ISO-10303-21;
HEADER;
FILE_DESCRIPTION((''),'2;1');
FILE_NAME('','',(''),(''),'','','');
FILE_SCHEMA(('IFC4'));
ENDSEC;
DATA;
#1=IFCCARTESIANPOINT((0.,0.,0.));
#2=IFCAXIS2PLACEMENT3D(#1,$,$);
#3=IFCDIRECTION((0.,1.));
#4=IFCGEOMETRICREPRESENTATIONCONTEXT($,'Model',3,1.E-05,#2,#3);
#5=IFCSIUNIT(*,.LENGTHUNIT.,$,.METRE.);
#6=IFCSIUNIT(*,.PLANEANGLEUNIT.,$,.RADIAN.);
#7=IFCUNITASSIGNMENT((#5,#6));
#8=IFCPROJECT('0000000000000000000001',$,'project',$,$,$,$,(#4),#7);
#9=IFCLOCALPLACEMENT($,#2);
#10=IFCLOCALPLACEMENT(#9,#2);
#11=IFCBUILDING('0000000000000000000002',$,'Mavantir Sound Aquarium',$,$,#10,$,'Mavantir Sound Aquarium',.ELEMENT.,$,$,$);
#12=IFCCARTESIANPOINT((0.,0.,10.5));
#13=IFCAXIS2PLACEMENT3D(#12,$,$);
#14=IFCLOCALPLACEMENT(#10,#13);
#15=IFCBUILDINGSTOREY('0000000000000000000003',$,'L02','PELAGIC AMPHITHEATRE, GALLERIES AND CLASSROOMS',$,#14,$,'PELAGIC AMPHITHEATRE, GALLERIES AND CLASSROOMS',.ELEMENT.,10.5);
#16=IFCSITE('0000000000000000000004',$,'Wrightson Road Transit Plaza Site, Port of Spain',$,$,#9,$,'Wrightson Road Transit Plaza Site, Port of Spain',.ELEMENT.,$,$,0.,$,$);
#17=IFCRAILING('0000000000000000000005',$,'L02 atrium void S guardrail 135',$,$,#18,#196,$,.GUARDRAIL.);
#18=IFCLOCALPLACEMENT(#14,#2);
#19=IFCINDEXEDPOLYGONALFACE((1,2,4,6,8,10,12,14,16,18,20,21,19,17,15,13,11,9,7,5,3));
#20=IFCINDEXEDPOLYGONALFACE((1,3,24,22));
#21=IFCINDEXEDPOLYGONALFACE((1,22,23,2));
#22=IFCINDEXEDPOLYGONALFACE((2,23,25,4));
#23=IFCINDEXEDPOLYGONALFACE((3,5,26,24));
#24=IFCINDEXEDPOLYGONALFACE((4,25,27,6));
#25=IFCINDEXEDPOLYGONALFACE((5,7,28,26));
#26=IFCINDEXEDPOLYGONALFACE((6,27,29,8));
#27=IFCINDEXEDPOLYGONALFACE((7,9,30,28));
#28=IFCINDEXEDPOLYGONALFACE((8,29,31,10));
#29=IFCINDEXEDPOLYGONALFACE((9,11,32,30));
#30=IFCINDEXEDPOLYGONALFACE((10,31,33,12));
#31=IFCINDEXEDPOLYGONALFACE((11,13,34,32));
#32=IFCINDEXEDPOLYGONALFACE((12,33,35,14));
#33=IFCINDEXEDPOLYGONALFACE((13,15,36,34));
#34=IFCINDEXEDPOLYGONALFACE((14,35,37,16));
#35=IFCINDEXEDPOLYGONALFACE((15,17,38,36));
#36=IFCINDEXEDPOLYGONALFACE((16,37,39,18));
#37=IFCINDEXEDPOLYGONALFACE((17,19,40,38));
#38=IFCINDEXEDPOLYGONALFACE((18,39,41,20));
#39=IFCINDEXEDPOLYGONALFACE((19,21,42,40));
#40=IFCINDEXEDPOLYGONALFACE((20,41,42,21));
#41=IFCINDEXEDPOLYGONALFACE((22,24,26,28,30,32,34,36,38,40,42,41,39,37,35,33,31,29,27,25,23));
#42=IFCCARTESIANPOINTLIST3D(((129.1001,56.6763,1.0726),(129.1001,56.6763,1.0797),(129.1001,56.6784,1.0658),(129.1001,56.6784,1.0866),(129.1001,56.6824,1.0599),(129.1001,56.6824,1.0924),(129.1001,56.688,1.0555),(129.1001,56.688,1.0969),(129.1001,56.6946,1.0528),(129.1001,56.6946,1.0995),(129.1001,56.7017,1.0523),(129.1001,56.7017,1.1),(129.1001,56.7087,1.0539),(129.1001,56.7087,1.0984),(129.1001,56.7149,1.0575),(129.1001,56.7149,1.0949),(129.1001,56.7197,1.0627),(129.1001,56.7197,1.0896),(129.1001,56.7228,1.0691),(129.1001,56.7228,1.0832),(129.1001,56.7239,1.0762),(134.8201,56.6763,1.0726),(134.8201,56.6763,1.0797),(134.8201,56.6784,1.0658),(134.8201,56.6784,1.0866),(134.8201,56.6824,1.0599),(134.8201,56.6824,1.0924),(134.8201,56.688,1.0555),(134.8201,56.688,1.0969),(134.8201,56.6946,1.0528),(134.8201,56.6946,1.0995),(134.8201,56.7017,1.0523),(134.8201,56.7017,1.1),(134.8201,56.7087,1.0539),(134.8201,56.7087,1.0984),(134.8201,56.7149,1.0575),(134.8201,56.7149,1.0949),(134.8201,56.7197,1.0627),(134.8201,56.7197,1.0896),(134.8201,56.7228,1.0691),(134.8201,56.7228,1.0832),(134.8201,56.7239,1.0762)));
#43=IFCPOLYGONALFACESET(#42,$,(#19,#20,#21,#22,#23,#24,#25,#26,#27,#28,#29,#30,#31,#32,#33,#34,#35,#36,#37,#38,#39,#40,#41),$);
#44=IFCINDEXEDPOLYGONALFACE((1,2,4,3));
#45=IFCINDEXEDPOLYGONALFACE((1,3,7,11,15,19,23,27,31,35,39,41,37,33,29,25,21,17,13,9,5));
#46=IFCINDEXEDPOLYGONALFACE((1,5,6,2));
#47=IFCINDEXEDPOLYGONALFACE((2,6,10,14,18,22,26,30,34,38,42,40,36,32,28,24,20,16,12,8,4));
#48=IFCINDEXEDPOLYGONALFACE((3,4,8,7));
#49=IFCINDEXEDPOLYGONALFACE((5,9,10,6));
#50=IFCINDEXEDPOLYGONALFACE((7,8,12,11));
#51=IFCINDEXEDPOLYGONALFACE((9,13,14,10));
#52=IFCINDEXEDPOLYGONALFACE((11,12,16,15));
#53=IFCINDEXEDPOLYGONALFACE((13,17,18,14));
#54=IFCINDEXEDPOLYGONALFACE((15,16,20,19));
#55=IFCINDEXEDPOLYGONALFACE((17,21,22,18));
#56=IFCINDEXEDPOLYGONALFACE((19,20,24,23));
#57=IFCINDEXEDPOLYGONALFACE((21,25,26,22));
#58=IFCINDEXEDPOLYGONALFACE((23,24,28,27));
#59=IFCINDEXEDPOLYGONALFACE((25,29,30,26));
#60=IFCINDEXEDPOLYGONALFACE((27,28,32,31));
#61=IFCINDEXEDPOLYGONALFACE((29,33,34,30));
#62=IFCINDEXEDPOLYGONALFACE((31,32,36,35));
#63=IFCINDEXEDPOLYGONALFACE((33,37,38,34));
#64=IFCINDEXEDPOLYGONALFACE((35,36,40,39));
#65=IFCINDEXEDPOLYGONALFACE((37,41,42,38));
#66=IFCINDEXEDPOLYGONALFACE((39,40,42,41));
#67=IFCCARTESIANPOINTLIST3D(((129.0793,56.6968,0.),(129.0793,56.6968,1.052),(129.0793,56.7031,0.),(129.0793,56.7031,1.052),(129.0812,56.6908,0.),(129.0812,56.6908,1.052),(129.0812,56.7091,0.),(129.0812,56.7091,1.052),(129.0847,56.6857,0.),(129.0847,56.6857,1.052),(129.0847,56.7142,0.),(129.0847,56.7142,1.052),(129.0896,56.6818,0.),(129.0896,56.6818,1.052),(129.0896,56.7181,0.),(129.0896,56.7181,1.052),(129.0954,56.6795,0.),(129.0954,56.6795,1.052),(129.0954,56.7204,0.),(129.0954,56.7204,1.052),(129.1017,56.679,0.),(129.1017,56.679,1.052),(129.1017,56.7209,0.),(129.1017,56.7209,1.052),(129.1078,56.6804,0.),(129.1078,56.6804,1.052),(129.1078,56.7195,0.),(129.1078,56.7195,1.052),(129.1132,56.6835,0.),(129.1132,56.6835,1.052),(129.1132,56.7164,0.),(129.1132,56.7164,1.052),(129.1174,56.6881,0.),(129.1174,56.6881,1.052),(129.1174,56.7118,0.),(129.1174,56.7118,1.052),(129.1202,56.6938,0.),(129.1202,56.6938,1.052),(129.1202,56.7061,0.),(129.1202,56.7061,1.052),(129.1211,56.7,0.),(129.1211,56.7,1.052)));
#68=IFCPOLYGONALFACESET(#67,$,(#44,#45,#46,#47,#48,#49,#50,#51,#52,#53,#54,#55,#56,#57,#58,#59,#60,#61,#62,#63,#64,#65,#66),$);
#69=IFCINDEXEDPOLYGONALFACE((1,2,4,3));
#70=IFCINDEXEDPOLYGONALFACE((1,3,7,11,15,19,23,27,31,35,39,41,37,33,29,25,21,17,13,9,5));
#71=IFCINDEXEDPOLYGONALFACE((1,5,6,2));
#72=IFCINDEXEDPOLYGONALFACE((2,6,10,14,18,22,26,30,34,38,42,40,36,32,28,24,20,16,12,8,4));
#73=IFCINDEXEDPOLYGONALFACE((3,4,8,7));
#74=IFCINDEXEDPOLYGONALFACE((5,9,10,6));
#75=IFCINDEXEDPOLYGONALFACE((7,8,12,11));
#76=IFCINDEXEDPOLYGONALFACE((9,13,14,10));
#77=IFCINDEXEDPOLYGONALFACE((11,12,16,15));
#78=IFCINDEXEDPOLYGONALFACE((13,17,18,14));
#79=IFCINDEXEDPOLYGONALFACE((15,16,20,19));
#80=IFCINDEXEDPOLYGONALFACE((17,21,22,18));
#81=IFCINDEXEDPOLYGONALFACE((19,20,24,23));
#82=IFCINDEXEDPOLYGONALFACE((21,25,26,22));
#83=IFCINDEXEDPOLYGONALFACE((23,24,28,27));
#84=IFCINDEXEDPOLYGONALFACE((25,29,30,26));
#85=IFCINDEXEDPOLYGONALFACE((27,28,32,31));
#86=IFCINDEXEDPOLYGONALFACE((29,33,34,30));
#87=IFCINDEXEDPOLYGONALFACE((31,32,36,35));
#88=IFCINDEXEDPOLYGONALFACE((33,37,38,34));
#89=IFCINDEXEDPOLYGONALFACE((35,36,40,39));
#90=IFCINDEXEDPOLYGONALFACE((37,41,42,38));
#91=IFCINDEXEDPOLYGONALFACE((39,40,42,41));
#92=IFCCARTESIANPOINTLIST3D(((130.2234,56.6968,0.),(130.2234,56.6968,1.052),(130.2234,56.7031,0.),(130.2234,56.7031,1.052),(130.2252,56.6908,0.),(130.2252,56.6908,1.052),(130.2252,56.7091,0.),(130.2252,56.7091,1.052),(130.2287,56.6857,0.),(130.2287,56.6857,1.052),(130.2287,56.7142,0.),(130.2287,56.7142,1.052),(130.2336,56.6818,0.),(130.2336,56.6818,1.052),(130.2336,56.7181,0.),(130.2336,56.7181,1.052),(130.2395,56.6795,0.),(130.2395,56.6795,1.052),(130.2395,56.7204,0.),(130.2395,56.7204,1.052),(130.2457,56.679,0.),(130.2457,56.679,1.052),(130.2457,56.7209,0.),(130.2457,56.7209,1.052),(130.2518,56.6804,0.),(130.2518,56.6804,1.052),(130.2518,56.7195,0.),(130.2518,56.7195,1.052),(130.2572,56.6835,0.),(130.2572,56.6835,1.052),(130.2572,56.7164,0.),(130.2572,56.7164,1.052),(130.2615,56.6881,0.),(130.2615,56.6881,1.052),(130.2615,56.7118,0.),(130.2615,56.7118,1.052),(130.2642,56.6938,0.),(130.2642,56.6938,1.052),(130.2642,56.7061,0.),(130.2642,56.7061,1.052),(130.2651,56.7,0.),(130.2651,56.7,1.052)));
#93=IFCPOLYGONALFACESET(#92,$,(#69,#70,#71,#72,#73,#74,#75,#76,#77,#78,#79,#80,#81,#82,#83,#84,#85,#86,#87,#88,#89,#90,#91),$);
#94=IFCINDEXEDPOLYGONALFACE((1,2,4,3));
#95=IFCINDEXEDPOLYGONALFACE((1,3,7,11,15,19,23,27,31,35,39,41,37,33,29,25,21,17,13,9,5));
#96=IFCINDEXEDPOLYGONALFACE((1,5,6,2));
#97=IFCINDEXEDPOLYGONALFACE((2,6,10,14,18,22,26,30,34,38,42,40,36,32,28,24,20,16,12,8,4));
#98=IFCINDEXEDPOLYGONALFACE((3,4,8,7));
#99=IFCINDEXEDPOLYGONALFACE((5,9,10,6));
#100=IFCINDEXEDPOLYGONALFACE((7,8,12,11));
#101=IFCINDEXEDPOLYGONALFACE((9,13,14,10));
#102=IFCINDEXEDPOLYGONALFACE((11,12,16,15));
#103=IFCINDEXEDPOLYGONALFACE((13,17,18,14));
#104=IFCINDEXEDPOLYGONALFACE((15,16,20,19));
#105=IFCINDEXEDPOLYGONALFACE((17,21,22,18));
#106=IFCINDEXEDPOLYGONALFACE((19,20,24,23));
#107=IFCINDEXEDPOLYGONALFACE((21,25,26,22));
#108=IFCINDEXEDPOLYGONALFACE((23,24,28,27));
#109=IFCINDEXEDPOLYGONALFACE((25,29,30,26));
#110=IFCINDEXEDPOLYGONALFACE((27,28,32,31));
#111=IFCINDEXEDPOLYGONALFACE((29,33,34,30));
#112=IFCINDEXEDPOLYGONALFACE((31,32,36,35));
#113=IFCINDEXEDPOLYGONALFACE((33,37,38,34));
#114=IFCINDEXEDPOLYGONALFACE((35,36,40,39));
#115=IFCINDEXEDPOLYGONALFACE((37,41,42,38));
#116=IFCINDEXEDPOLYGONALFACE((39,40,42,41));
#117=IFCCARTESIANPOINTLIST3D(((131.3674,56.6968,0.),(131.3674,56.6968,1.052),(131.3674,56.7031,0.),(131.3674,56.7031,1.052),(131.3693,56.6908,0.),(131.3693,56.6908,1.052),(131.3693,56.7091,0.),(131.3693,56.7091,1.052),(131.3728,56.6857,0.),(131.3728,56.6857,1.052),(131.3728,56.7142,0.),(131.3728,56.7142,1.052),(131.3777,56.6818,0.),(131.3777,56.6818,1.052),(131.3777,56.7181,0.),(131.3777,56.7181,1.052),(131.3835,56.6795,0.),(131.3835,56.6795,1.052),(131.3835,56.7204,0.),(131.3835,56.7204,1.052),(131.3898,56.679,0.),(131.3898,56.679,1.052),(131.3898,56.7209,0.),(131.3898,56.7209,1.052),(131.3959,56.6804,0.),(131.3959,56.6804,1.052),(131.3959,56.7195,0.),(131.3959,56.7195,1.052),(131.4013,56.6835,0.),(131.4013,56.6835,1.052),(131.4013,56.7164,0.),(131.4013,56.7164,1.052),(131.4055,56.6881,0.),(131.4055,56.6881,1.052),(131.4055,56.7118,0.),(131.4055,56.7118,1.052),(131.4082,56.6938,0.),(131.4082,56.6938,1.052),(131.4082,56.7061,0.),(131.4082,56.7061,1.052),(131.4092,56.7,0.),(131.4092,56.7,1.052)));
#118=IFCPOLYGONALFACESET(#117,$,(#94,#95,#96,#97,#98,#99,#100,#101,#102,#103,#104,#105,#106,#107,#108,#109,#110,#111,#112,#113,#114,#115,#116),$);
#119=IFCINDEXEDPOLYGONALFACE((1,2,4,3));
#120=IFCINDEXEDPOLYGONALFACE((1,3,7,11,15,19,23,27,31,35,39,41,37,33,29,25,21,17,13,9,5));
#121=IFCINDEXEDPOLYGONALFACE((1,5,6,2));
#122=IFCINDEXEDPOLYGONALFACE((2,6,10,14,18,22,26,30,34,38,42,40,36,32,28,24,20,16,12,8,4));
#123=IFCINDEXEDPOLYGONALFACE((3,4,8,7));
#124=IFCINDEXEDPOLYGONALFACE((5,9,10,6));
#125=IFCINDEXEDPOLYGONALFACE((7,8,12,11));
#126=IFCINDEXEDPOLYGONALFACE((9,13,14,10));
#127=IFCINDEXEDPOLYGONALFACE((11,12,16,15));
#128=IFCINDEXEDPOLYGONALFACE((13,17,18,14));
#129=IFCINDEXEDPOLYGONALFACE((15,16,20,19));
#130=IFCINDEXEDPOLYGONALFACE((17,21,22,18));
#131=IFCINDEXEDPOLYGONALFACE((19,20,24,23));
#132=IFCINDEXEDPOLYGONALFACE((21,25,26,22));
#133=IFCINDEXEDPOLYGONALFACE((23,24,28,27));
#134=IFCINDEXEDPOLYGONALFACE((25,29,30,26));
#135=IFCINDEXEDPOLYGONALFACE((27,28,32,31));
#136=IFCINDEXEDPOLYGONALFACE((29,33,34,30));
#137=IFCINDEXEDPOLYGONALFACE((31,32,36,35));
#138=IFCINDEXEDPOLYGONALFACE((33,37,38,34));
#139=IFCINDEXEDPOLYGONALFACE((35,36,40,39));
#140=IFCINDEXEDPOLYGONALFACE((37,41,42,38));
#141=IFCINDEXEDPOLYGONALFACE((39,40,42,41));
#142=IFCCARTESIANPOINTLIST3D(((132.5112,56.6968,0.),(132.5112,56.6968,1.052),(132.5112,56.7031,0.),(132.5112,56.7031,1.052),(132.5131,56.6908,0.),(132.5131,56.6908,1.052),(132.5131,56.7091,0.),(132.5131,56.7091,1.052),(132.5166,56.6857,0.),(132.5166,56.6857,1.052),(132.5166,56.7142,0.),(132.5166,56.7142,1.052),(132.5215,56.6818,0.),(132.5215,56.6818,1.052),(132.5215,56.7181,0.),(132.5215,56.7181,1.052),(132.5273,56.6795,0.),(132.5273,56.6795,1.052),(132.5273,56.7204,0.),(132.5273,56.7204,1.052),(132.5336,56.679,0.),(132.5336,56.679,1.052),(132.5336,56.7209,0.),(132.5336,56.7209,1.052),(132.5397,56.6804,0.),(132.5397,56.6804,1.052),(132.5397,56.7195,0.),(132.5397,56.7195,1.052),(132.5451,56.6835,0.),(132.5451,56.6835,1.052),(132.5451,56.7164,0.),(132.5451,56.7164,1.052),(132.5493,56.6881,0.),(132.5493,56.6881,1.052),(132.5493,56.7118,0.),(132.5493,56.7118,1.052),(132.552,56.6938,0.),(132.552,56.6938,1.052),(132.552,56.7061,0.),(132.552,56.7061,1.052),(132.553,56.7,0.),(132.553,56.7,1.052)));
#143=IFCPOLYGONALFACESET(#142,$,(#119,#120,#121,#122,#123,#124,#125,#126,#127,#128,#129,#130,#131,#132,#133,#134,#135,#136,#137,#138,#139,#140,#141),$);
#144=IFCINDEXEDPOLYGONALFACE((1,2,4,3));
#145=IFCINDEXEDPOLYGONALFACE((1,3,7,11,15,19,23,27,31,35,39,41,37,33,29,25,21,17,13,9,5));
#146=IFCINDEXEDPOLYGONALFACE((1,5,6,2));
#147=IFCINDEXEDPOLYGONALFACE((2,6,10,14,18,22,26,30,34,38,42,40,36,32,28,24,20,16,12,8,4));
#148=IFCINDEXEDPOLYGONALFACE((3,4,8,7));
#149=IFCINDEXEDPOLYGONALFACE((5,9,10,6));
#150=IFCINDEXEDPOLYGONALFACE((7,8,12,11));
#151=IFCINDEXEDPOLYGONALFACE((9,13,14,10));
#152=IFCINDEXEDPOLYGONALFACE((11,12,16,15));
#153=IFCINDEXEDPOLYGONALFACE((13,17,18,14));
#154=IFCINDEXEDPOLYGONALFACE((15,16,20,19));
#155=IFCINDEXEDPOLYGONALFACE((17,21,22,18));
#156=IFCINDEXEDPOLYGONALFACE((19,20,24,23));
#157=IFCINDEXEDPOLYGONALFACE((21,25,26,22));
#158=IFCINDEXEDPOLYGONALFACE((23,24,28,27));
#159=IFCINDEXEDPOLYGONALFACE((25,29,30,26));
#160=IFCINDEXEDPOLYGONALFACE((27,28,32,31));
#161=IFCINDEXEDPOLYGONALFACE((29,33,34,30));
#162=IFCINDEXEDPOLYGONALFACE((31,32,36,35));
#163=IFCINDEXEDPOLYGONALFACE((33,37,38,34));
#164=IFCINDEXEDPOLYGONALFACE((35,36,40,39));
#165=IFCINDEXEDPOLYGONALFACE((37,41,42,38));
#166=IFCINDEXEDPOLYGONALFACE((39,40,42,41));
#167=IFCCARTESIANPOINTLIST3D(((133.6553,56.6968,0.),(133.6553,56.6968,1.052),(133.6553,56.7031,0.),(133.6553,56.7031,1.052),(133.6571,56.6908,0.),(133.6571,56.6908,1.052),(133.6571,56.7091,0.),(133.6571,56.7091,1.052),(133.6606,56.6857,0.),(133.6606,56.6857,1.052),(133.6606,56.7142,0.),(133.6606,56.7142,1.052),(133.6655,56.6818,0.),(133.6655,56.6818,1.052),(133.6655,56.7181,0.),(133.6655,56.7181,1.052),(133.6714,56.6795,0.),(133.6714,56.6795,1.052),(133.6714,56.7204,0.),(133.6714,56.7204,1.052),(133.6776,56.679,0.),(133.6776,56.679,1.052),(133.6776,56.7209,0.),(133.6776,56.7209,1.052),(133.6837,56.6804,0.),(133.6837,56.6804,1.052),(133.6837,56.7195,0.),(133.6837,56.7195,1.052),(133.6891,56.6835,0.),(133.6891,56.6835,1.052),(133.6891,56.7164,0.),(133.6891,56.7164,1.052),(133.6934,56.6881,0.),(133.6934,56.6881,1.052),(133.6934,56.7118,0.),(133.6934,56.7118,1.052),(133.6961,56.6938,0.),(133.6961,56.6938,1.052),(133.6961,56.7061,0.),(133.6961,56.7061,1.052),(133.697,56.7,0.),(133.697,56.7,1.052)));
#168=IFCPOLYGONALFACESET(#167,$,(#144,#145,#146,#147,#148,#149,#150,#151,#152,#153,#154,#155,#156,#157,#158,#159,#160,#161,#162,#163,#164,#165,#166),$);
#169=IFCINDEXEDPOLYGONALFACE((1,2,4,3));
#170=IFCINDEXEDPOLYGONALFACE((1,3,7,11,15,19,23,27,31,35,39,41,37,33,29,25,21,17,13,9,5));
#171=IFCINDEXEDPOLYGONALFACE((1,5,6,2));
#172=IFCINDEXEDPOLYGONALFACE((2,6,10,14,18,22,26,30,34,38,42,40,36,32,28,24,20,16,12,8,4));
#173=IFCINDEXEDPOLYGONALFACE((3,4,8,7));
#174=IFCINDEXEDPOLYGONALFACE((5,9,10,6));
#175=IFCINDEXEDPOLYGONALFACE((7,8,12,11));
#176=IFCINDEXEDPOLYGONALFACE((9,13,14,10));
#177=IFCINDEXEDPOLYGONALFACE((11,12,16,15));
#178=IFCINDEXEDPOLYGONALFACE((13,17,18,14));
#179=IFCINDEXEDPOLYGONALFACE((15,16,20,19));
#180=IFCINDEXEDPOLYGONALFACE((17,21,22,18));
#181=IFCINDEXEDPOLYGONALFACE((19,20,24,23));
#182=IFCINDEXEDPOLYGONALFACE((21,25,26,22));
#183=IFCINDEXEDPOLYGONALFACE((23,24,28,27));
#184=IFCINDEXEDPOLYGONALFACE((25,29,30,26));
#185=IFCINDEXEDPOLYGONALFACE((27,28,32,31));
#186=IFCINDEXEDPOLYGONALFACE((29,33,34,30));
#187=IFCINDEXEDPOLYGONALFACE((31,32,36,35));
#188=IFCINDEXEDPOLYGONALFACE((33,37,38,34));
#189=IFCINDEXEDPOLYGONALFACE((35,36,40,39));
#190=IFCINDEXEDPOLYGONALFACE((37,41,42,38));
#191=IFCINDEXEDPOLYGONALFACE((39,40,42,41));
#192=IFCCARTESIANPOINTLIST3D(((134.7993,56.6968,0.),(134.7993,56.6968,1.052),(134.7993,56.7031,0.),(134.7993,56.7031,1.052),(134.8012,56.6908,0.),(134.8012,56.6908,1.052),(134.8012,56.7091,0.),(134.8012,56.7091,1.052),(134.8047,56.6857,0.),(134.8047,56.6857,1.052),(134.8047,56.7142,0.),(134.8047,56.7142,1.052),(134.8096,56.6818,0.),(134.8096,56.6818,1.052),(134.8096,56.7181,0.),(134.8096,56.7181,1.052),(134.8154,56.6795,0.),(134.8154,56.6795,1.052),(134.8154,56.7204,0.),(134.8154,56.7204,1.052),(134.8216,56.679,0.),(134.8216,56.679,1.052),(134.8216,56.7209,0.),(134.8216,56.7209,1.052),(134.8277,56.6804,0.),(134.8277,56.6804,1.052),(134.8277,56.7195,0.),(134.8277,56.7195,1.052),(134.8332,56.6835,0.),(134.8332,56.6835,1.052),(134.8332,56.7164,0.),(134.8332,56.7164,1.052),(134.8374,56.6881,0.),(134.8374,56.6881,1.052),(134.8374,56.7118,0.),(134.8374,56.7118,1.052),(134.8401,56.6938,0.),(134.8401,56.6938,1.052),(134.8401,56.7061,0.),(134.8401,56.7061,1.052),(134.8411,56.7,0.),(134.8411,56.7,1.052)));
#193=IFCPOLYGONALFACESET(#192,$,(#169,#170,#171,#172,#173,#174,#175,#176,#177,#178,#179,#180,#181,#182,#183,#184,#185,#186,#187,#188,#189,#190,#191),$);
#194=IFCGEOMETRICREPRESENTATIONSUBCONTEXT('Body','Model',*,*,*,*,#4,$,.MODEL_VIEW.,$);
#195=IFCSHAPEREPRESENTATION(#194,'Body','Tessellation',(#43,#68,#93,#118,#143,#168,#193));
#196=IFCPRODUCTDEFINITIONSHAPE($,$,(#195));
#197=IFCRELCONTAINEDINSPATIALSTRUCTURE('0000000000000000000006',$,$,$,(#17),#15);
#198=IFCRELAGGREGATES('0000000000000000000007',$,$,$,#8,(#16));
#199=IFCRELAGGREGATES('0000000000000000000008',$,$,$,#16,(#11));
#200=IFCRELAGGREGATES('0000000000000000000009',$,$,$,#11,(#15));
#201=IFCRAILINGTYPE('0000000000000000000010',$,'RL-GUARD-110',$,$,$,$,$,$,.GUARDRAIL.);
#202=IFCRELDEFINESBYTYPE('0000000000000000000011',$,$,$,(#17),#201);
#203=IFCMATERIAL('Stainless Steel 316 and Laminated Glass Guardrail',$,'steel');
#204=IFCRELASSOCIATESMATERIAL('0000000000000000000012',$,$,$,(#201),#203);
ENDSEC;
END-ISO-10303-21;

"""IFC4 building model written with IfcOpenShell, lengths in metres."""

from ifc_helpers import new_model, si_unit, direction, frame, origin, origin_2d, place, context, subcontext, project, spatial, circle, extrude, material, type_object, element, save


model = new_model("IFC4")

# Units and contexts
model_context = context("Model", 3, precision=1e-05, world=origin(), true_north=direction((0.0, 1.0)))
body_context = subcontext(model_context, "Body", "Model", "MODEL_VIEW")
ifc_project = project(units=[si_unit("LENGTHUNIT", "METRE"), si_unit("PLANEANGLEUNIT", "RADIAN")], contexts=[model_context])

# Site, building, storey
site_placement = place(None, origin())
site = spatial("IfcSite", under=ifc_project, at=site_placement, Name="Wrightson Road Transit Plaza Site, Port of Spain", LongName="Wrightson Road Transit Plaza Site, Port of Spain", CompositionType="ELEMENT", RefElevation=0.0)
building_placement = place(site_placement, origin())
building = spatial("IfcBuilding", under=site, at=building_placement, Name="Mavantir Sound Aquarium", LongName="Mavantir Sound Aquarium", CompositionType="ELEMENT")
storey_placement = place(building_placement, frame((0.0, 0.0, 10.5)))
storey = spatial("IfcBuildingStorey", under=building, at=storey_placement, Name="L02", Description="PELAGIC AMPHITHEATRE, GALLERIES AND CLASSROOMS", LongName="PELAGIC AMPHITHEATRE, GALLERIES AND CLASSROOMS", CompositionType="ELEMENT", Elevation=10.5)

# Railing
ifc_material_1 = material(Name="Stainless Steel 316 and Laminated Glass Guardrail", Category="steel")
railing_type = type_object("IfcRailingType", Name="RL-GUARD-110", PredefinedType="GUARDRAIL", material=ifc_material_1)
railing_1_placement = place(storey_placement, frame((129.1001, 56.7, 0.0)))
element("IfcRailing", 1, at=railing_1_placement, inside=storey, type_object=railing_type, Name="L02 atrium void S guardrail 135", PredefinedType="GUARDRAIL", context=body_context, shape_type="SweptSolid", body=[
    extrude(circle(Radius=0.0239, at=origin_2d()), frame((0.0, 0.0, 1.0762), z_axis=(1.0, 0.0, 0.0), x_axis=(0.0, 1.0, 0.0)), (0.0, 0.0, 1.0), 5.72),
    extrude(circle(Radius=0.021, at=origin_2d()), origin(), (0.0, 0.0, 1.0), 1.052),
    extrude(circle(Radius=0.021, at=origin_2d()), frame((1.144, 0.0, 0.0)), (0.0, 0.0, 1.0), 1.052),
    extrude(circle(Radius=0.021, at=origin_2d()), frame((2.2881, 0.0, 0.0)), (0.0, 0.0, 1.0), 1.052),
    extrude(circle(Radius=0.021, at=origin_2d()), frame((3.4319, 0.0, 0.0)), (0.0, 0.0, 1.0), 1.052),
    extrude(circle(Radius=0.021, at=origin_2d()), frame((4.5759, 0.0, 0.0)), (0.0, 0.0, 1.0), 1.052),
    extrude(circle(Radius=0.021, at=origin_2d()), frame((5.72, 0.0, 0.0)), (0.0, 0.0, 1.0), 1.052),
])

save(model, "model.ifc")
